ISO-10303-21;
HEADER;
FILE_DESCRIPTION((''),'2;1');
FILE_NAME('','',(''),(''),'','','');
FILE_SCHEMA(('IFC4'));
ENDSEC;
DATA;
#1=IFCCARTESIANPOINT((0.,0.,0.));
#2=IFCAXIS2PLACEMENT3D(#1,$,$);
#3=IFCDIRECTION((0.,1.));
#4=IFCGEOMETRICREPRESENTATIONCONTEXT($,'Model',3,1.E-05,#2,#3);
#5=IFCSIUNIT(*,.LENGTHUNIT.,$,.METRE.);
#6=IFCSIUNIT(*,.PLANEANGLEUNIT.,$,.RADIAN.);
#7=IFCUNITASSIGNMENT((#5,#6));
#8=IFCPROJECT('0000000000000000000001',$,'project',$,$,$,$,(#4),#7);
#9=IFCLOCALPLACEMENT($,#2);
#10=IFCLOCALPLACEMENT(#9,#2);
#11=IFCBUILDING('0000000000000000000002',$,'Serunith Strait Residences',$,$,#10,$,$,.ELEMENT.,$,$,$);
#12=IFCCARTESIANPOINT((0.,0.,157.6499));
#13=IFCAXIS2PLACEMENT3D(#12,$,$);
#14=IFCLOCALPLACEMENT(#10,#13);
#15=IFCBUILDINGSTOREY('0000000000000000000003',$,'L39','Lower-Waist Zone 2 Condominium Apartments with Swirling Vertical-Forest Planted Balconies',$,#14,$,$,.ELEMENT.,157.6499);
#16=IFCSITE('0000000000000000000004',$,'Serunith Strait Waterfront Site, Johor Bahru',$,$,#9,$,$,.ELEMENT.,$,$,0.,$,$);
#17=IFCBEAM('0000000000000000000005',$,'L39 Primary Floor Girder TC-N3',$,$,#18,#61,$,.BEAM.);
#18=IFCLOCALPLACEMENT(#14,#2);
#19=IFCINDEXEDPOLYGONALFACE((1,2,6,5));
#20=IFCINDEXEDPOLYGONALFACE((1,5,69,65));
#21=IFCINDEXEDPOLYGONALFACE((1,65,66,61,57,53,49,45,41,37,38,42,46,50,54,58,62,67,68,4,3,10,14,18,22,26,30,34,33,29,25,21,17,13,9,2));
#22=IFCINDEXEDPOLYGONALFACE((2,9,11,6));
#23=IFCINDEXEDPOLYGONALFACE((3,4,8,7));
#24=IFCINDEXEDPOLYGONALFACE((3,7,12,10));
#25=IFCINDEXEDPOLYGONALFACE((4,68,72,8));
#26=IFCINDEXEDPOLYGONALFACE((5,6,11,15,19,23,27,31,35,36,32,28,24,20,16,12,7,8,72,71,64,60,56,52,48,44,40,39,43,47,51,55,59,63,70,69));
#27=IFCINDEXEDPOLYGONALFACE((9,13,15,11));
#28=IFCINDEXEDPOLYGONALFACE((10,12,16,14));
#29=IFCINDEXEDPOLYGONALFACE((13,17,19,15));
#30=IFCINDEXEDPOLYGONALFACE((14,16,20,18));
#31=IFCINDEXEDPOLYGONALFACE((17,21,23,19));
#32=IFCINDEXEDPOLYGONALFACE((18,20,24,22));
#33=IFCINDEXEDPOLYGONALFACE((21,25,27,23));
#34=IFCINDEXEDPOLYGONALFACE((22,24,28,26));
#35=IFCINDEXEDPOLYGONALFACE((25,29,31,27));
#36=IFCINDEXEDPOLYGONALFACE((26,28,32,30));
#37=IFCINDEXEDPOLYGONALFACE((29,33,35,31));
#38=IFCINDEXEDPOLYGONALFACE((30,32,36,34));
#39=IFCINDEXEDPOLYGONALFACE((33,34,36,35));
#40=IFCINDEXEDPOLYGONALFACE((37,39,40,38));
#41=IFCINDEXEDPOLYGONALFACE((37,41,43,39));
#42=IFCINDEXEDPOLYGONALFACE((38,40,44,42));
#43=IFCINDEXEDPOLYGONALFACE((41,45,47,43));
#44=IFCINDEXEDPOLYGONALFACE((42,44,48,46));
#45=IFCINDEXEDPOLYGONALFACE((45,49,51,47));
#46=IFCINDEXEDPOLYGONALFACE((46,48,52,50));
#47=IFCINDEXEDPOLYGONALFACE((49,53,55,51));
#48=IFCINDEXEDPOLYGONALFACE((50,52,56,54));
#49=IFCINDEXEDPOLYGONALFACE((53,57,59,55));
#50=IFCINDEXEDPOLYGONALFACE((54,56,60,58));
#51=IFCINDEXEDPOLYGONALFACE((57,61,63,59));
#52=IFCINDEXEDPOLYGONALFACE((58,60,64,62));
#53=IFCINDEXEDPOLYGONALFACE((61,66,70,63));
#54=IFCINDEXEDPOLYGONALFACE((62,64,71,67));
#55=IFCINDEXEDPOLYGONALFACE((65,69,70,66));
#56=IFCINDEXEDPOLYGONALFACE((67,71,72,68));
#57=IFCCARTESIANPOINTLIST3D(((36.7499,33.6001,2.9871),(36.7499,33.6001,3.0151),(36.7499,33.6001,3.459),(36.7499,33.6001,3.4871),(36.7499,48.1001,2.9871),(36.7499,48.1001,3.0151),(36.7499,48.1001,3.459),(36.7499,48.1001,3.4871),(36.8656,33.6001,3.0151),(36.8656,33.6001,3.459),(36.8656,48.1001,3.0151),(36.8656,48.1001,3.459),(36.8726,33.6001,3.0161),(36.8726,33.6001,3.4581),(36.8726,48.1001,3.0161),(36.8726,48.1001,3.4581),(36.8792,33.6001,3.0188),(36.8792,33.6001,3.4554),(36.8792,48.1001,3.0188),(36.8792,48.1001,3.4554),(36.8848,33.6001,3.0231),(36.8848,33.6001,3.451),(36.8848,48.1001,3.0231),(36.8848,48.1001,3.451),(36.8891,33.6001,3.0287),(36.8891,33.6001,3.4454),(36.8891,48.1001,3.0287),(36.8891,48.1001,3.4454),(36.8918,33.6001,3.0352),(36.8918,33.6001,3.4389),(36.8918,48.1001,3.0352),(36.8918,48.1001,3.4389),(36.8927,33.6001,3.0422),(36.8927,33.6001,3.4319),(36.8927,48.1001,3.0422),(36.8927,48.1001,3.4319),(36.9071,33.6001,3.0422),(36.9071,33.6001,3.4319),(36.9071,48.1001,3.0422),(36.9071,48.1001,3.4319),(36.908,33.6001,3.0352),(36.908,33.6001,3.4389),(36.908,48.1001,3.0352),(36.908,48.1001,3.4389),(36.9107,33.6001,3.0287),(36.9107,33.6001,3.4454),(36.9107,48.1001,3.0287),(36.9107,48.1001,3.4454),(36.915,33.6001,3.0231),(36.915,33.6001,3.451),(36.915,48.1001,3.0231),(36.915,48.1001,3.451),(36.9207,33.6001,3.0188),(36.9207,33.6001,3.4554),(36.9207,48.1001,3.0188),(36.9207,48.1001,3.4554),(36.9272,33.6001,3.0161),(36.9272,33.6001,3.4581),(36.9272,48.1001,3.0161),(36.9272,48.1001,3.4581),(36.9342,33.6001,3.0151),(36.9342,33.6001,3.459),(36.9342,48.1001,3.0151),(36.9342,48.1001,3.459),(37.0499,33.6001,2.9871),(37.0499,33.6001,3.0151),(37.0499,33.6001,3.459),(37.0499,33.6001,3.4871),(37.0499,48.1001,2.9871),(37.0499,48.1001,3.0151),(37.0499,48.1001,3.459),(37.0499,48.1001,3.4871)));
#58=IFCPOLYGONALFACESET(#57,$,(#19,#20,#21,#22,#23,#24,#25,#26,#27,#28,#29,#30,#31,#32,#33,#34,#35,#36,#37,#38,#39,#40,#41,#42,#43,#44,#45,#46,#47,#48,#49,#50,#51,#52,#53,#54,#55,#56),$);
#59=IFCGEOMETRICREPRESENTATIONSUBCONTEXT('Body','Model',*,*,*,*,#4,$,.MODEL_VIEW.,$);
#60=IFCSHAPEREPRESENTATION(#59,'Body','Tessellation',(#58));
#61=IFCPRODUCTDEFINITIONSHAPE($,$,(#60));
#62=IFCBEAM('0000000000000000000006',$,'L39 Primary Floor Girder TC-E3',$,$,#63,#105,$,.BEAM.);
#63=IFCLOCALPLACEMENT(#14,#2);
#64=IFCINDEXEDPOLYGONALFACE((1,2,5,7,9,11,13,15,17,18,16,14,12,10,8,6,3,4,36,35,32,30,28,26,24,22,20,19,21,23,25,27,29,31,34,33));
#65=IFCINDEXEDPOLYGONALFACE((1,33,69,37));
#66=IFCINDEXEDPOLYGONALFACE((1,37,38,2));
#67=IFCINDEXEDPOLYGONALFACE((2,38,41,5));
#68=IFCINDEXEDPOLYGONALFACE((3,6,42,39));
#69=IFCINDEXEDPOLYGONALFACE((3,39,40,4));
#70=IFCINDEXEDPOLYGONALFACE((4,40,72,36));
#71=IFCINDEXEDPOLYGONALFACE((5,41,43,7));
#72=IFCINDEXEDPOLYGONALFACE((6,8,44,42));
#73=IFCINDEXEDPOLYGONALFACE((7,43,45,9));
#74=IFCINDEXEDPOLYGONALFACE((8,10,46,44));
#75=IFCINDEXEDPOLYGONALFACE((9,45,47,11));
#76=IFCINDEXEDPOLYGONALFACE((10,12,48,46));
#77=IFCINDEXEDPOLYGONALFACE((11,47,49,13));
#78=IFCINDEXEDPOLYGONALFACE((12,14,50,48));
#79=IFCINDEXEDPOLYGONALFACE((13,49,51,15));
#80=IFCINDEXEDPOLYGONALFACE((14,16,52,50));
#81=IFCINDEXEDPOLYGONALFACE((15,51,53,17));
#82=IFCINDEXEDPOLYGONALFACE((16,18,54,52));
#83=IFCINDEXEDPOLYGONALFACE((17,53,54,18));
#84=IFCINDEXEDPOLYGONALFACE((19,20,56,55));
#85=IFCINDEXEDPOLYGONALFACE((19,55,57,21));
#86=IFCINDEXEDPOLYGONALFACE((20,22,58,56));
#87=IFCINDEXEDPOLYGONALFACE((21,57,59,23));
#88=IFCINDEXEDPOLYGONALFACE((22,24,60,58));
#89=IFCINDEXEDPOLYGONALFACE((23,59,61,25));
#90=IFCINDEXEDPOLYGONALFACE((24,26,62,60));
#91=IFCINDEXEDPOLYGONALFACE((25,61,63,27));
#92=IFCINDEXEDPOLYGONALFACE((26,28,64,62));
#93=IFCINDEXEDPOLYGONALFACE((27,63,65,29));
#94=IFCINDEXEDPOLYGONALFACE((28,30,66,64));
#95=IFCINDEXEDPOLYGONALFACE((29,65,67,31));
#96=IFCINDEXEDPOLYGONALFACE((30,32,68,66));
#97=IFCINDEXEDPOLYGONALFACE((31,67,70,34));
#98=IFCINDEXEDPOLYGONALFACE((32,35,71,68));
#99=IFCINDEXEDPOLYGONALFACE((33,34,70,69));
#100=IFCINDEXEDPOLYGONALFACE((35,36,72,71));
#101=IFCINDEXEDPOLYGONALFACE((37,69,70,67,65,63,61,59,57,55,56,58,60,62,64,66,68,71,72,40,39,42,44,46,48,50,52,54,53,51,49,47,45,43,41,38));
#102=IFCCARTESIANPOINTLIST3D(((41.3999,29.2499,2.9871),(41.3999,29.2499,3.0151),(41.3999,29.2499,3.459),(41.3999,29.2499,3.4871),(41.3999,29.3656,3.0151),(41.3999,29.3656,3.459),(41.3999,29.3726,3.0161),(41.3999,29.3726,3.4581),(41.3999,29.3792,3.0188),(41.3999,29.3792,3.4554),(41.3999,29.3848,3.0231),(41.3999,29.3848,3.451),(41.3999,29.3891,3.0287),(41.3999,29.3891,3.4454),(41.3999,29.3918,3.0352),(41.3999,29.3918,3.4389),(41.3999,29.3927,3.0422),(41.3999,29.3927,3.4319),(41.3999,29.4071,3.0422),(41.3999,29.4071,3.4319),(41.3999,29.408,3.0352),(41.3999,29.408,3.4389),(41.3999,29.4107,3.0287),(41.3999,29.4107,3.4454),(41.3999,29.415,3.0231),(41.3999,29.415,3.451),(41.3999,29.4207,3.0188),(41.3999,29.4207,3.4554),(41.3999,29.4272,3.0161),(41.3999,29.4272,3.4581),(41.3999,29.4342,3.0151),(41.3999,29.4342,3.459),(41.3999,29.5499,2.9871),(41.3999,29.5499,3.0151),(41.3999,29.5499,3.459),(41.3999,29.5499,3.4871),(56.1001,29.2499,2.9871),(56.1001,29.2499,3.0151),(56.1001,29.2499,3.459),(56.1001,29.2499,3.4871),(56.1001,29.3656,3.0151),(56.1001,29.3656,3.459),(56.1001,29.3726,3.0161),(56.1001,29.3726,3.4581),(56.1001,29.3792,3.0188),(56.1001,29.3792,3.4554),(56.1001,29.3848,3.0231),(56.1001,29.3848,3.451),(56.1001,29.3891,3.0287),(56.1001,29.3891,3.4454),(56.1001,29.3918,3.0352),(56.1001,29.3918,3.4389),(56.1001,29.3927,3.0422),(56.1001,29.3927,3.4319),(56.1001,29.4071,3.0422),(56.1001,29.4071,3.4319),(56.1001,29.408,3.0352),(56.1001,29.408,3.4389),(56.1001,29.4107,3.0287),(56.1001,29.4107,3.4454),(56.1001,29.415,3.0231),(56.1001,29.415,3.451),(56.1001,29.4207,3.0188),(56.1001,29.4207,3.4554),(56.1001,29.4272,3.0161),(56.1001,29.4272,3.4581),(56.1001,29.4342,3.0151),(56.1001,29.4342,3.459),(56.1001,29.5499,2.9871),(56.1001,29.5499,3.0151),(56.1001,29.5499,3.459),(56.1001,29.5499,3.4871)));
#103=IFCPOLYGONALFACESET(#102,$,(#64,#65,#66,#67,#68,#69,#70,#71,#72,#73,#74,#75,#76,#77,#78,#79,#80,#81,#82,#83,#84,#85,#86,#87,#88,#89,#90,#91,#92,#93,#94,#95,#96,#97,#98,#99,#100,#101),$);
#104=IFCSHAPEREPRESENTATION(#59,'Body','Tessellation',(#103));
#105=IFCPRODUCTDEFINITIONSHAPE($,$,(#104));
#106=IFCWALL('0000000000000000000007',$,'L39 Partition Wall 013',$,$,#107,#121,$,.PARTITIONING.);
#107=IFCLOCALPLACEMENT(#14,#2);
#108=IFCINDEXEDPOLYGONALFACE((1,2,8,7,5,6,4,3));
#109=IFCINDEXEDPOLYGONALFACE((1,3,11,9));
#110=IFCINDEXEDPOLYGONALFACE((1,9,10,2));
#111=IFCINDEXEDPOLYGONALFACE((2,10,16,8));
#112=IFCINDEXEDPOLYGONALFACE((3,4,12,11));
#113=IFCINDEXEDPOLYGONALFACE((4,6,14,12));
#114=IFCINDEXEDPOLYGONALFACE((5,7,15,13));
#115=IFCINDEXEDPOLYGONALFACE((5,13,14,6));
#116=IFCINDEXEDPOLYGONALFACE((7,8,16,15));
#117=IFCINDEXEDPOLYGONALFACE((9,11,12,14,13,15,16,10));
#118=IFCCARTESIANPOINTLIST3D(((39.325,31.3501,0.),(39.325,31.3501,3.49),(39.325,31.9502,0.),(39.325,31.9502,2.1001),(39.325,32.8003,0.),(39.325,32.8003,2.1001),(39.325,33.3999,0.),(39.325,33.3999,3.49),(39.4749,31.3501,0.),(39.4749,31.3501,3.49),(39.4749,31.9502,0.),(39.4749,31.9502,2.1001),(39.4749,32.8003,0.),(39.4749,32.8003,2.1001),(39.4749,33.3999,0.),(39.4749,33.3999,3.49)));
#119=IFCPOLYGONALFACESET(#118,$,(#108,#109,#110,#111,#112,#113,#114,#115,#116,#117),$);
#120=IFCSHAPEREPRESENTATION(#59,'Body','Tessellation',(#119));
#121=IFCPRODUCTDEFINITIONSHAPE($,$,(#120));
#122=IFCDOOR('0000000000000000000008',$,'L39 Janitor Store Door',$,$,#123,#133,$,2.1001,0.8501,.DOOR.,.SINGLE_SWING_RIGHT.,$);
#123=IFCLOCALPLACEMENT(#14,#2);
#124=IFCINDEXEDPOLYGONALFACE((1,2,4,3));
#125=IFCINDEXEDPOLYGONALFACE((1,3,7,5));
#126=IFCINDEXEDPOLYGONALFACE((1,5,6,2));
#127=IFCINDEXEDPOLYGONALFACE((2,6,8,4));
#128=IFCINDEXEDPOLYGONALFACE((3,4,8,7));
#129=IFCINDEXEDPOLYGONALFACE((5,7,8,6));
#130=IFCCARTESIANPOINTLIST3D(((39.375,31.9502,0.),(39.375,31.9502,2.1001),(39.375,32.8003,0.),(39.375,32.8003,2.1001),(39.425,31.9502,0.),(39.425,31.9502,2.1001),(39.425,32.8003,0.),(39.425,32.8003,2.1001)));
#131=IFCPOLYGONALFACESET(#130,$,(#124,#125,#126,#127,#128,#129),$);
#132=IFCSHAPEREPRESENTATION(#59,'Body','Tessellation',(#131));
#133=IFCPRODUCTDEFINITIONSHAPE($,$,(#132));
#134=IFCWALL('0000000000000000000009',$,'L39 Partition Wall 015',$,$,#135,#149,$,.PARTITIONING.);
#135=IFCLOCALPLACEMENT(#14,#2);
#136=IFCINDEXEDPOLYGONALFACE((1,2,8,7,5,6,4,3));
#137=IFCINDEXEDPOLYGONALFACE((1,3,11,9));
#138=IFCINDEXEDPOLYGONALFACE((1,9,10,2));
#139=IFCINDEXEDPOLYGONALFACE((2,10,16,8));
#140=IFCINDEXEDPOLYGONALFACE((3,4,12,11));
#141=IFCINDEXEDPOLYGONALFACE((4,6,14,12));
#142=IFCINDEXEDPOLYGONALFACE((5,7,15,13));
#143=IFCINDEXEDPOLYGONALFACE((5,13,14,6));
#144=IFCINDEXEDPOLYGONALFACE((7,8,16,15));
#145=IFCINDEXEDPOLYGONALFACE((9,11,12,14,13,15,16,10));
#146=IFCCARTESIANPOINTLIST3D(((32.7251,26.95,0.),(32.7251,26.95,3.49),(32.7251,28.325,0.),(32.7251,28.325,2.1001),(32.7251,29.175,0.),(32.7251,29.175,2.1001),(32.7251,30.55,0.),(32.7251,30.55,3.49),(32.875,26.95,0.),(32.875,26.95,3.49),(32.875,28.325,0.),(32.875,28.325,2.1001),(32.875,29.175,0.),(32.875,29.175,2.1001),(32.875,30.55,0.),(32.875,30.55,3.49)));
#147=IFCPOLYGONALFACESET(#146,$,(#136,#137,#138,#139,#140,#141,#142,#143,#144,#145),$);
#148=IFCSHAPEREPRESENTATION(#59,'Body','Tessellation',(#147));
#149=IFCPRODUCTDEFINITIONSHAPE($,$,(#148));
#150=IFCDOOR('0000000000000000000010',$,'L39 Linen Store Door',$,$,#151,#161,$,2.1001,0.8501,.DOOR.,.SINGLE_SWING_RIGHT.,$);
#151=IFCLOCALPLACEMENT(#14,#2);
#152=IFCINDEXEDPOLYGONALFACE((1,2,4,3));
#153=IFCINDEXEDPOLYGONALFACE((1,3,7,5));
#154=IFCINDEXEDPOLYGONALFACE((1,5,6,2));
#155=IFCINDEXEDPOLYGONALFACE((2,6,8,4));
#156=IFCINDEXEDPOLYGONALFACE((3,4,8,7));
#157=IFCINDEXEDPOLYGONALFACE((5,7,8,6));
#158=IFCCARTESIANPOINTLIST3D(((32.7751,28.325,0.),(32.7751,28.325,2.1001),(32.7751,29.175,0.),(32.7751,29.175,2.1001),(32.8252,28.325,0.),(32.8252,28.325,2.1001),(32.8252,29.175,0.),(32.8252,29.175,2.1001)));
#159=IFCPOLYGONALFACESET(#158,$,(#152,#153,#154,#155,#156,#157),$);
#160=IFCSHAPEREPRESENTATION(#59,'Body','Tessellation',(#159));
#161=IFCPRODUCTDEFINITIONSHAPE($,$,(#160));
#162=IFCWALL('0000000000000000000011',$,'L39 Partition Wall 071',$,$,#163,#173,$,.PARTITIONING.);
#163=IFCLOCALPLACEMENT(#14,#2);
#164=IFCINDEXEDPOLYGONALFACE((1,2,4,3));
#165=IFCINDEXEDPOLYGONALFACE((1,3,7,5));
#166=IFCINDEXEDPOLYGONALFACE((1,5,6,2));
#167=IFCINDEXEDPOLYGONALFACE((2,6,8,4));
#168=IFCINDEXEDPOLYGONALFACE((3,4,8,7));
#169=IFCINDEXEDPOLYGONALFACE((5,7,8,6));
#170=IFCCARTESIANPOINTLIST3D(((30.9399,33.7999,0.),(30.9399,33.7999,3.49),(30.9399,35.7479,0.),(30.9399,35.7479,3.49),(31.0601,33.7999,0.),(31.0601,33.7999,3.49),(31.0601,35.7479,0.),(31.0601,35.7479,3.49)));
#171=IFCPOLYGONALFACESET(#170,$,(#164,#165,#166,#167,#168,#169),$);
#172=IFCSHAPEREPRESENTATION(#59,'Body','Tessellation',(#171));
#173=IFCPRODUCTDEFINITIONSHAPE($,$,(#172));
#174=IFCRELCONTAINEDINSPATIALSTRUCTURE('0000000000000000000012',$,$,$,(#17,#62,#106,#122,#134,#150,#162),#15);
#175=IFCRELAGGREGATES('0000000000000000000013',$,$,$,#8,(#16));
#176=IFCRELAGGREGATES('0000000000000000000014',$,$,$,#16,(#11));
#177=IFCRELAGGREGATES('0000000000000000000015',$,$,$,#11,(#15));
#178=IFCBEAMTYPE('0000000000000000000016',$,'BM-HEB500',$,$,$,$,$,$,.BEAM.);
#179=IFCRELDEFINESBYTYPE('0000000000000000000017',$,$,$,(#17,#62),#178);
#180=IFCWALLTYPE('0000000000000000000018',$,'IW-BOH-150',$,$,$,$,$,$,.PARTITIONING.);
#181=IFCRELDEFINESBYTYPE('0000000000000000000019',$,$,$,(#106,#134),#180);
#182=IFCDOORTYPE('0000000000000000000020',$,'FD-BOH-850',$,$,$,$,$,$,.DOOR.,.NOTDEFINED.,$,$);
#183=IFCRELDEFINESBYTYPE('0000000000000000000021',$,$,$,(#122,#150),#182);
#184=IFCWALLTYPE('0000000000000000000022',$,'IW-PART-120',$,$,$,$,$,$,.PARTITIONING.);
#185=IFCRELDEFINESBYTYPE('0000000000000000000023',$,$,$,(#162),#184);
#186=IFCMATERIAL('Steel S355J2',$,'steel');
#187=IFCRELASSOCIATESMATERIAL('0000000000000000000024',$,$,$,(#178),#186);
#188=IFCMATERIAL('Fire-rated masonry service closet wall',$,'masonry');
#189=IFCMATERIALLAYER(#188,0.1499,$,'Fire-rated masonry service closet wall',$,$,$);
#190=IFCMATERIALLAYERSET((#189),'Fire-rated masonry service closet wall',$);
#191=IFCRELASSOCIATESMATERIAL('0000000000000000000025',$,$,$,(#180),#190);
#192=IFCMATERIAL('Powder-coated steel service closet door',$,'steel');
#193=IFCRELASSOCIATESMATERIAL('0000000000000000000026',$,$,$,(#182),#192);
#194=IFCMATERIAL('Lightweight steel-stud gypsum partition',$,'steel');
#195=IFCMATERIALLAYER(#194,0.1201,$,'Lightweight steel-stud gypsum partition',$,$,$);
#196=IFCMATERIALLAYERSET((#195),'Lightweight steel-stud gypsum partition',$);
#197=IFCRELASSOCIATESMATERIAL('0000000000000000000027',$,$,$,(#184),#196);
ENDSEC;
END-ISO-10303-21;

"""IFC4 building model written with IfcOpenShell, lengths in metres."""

from ifc_helpers import new_model, si_unit, direction, frame, frame_2d, origin, origin_2d, place, context, subcontext, project, spatial, rectangle, i_section, extrude, source, transform, mapped, material, layer, layer_set, material_profile, profile_set, type_object, element, fill, save


model = new_model("IFC4")

# Units and contexts
model_context = context("Model", 3, precision=1e-05, world=origin(), true_north=direction((0.0, 1.0)))
body_context = subcontext(model_context, "Body", "Model", "MODEL_VIEW")
ifc_project = project(units=[si_unit("LENGTHUNIT", "METRE"), si_unit("PLANEANGLEUNIT", "RADIAN")], contexts=[model_context])

# Site, building, storey
site_placement = place(None, origin())
site = spatial("IfcSite", under=ifc_project, at=site_placement, Name="Serunith Strait Waterfront Site, Johor Bahru", CompositionType="ELEMENT", RefElevation=0.0)
building_placement = place(site_placement, origin())
building = spatial("IfcBuilding", under=site, at=building_placement, Name="Serunith Strait Residences", CompositionType="ELEMENT")
storey_placement = place(building_placement, frame((0.0, 0.0, 157.6499)))
storey = spatial("IfcBuildingStorey", under=building, at=storey_placement, Name="L39", Description="Lower-Waist Zone 2 Condominium Apartments with Swirling Vertical-Forest Planted Balconies", CompositionType="ELEMENT", Elevation=157.6499)

# Beams
ifc_material_1 = material(Name="Steel S355J2", Category="steel")
ifc_material_profile = material_profile(ifc_material_1, i_section(OverallWidth=0.3, OverallDepth=0.5, WebThickness=0.0144, FlangeThickness=0.0281, FilletRadius=0.0271, at=origin_2d()), Name="HEB 500")
ifc_profile_set = profile_set([ifc_material_profile], Name="Steel S355J2")
beam_type = type_object("IfcBeamType", Name="BM-HEB500", PredefinedType="BEAM", material=ifc_profile_set)
shared_shape_1 = source(origin(), body_context, "Body", "SweptSolid", [
    extrude(i_section(OverallWidth=0.3, OverallDepth=0.5, WebThickness=0.0144, FlangeThickness=0.0281, FilletRadius=0.0271, at=origin_2d()), origin(), (0.0, 0.0, 1.0), 14.5),
])
beam_1_placement = place(storey_placement, frame((36.8999, 33.6001, 3.2371), z_axis=(0.0, 1.0, 0.0), x_axis=(-1.0, 0.0, 0.0)))
element("IfcBeam", 1, at=beam_1_placement, inside=storey, type_object=beam_type, Name="L39 Primary Floor Girder TC-N3", PredefinedType="BEAM", context=body_context, shape_type="MappedRepresentation", body=[
    mapped(shared_shape_1, transform((0.0, 0.0, 0.0), scale=1.0)),
])
shared_shape_2 = source(origin(), body_context, "Body", "SweptSolid", [
    extrude(i_section(OverallWidth=0.3, OverallDepth=0.5, WebThickness=0.0144, FlangeThickness=0.0281, FilletRadius=0.0271, at=origin_2d()), origin(), (0.0, 0.0, 1.0), 14.7002),
])
beam_2_placement = place(storey_placement, frame((41.3999, 29.3999, 3.2371), z_axis=(1.0, 0.0, 0.0), x_axis=(0.0, 1.0, 0.0)))
element("IfcBeam", 2, at=beam_2_placement, inside=storey, type_object=beam_type, Name="L39 Primary Floor Girder TC-E3", PredefinedType="BEAM", context=body_context, shape_type="MappedRepresentation", body=[
    mapped(shared_shape_2, transform((0.0, 0.0, 0.0), scale=1.0)),
])

# Walls, openings, doors
ifc_material_2 = material(Name="Fire-rated masonry service closet wall", Category="masonry")
ifc_layer_1 = layer(ifc_material_2, 0.1499, Name="Fire-rated masonry service closet wall")
ifc_layer_set_1 = layer_set([ifc_layer_1], Name="Fire-rated masonry service closet wall")
wall_type_1 = type_object("IfcWallType", Name="IW-BOH-150", PredefinedType="PARTITIONING", material=ifc_layer_set_1)
wall_1_placement = place(storey_placement, frame((39.3999, 31.3501, 0.0), z_axis=(0.0, 0.0, 1.0), x_axis=(0.0, 1.0, 0.0)))
wall_1 = element("IfcWall", 3, at=wall_1_placement, inside=storey, type_object=wall_type_1, Name="L39 Partition Wall 013", PredefinedType="PARTITIONING", context=body_context, shape_type="SweptSolid", body=[
    extrude(rectangle(XDim=2.0498, YDim=0.1499, at=frame_2d((1.0249, 0.0))), origin(), (0.0, 0.0, 1.0), 3.49),
])
opening_1_placement = place(wall_1_placement, frame((0.6001, 0.0, 0.0)))
opening_1 = element("IfcOpeningElement", 4, at=opening_1_placement, cuts=wall_1, PredefinedType="OPENING", context=body_context, shape_type="SweptSolid", body=[
    extrude(rectangle(XDim=0.8501, YDim=2.1001, at=frame_2d((0.425, 1.05))), frame((0.0, 0.085, 0.0), z_axis=(0.0, -1.0, 0.0), x_axis=(1.0, 0.0, 0.0)), (0.0, 0.0, 1.0), 0.1699),
])
ifc_material_3 = material(Name="Powder-coated steel service closet door", Category="steel")
door_type_1 = type_object("IfcDoorType", Name="FD-BOH-850", OperationType="NOTDEFINED", PredefinedType="DOOR", material=ifc_material_3)
shared_shape_3 = source(origin(), body_context, "Body", "SweptSolid", [
    extrude(rectangle(XDim=0.8501, YDim=2.1001, at=frame_2d((0.425, 1.05))), frame((0.0, 0.0249, 0.0), z_axis=(0.0, -1.0, 0.0), x_axis=(1.0, 0.0, 0.0)), (0.0, 0.0, 1.0), 0.05),
])
door_1_placement = place(opening_1_placement, origin())
door_1 = element("IfcDoor", 5, at=door_1_placement, inside=storey, type_object=door_type_1, Name="L39 Janitor Store Door", OperationType="SINGLE_SWING_RIGHT", OverallHeight=2.1001, OverallWidth=0.8501, PredefinedType="DOOR", context=body_context, shape_type="MappedRepresentation", body=[
    mapped(shared_shape_3, transform((0.0, 0.0, 0.0), scale=1.0)),
])
fill(opening_1, door_1)
wall_2_placement = place(storey_placement, frame((32.8, 26.95, 0.0), z_axis=(0.0, 0.0, 1.0), x_axis=(0.0, 1.0, 0.0)))
wall_2 = element("IfcWall", 6, at=wall_2_placement, inside=storey, type_object=wall_type_1, Name="L39 Partition Wall 015", PredefinedType="PARTITIONING", context=body_context, shape_type="SweptSolid", body=[
    extrude(rectangle(XDim=3.6001, YDim=0.1499, at=frame_2d((1.8, 0.0))), origin(), (0.0, 0.0, 1.0), 3.49),
])
opening_2_placement = place(wall_2_placement, frame((1.375, 0.0, 0.0)))
opening_2 = element("IfcOpeningElement", 7, at=opening_2_placement, cuts=wall_2, PredefinedType="OPENING", context=body_context, shape_type="SweptSolid", body=[
    extrude(rectangle(XDim=0.8501, YDim=2.1001, at=frame_2d((0.425, 1.05))), frame((0.0, 0.085, 0.0), z_axis=(0.0, -1.0, 0.0), x_axis=(1.0, 0.0, 0.0)), (0.0, 0.0, 1.0), 0.1699),
])
door_2_placement = place(opening_2_placement, origin())
door_2 = element("IfcDoor", 8, at=door_2_placement, inside=storey, type_object=door_type_1, Name="L39 Linen Store Door", OperationType="SINGLE_SWING_RIGHT", OverallHeight=2.1001, OverallWidth=0.8501, PredefinedType="DOOR", context=body_context, shape_type="MappedRepresentation", body=[
    mapped(shared_shape_3, transform((0.0, 0.0, 0.0), scale=1.0)),
])
fill(opening_2, door_2)

# Wall
ifc_material_4 = material(Name="Lightweight steel-stud gypsum partition", Category="steel")
ifc_layer_2 = layer(ifc_material_4, 0.1201, Name="Lightweight steel-stud gypsum partition")
ifc_layer_set_2 = layer_set([ifc_layer_2], Name="Lightweight steel-stud gypsum partition")
wall_type_2 = type_object("IfcWallType", Name="IW-PART-120", PredefinedType="PARTITIONING", material=ifc_layer_set_2)
wall_3_placement = place(storey_placement, frame((31.0, 35.748, 0.0), z_axis=(0.0, 0.0, 1.0), x_axis=(0.0, -1.0, 0.0)))
element("IfcWall", 9, at=wall_3_placement, inside=storey, type_object=wall_type_2, Name="L39 Partition Wall 071", PredefinedType="PARTITIONING", context=body_context, shape_type="SweptSolid", body=[
    extrude(rectangle(XDim=1.948, YDim=0.1201, at=frame_2d((0.9741, 0.0))), origin(), (0.0, 0.0, 1.0), 3.49),
])

save(model, "model.ifc")
